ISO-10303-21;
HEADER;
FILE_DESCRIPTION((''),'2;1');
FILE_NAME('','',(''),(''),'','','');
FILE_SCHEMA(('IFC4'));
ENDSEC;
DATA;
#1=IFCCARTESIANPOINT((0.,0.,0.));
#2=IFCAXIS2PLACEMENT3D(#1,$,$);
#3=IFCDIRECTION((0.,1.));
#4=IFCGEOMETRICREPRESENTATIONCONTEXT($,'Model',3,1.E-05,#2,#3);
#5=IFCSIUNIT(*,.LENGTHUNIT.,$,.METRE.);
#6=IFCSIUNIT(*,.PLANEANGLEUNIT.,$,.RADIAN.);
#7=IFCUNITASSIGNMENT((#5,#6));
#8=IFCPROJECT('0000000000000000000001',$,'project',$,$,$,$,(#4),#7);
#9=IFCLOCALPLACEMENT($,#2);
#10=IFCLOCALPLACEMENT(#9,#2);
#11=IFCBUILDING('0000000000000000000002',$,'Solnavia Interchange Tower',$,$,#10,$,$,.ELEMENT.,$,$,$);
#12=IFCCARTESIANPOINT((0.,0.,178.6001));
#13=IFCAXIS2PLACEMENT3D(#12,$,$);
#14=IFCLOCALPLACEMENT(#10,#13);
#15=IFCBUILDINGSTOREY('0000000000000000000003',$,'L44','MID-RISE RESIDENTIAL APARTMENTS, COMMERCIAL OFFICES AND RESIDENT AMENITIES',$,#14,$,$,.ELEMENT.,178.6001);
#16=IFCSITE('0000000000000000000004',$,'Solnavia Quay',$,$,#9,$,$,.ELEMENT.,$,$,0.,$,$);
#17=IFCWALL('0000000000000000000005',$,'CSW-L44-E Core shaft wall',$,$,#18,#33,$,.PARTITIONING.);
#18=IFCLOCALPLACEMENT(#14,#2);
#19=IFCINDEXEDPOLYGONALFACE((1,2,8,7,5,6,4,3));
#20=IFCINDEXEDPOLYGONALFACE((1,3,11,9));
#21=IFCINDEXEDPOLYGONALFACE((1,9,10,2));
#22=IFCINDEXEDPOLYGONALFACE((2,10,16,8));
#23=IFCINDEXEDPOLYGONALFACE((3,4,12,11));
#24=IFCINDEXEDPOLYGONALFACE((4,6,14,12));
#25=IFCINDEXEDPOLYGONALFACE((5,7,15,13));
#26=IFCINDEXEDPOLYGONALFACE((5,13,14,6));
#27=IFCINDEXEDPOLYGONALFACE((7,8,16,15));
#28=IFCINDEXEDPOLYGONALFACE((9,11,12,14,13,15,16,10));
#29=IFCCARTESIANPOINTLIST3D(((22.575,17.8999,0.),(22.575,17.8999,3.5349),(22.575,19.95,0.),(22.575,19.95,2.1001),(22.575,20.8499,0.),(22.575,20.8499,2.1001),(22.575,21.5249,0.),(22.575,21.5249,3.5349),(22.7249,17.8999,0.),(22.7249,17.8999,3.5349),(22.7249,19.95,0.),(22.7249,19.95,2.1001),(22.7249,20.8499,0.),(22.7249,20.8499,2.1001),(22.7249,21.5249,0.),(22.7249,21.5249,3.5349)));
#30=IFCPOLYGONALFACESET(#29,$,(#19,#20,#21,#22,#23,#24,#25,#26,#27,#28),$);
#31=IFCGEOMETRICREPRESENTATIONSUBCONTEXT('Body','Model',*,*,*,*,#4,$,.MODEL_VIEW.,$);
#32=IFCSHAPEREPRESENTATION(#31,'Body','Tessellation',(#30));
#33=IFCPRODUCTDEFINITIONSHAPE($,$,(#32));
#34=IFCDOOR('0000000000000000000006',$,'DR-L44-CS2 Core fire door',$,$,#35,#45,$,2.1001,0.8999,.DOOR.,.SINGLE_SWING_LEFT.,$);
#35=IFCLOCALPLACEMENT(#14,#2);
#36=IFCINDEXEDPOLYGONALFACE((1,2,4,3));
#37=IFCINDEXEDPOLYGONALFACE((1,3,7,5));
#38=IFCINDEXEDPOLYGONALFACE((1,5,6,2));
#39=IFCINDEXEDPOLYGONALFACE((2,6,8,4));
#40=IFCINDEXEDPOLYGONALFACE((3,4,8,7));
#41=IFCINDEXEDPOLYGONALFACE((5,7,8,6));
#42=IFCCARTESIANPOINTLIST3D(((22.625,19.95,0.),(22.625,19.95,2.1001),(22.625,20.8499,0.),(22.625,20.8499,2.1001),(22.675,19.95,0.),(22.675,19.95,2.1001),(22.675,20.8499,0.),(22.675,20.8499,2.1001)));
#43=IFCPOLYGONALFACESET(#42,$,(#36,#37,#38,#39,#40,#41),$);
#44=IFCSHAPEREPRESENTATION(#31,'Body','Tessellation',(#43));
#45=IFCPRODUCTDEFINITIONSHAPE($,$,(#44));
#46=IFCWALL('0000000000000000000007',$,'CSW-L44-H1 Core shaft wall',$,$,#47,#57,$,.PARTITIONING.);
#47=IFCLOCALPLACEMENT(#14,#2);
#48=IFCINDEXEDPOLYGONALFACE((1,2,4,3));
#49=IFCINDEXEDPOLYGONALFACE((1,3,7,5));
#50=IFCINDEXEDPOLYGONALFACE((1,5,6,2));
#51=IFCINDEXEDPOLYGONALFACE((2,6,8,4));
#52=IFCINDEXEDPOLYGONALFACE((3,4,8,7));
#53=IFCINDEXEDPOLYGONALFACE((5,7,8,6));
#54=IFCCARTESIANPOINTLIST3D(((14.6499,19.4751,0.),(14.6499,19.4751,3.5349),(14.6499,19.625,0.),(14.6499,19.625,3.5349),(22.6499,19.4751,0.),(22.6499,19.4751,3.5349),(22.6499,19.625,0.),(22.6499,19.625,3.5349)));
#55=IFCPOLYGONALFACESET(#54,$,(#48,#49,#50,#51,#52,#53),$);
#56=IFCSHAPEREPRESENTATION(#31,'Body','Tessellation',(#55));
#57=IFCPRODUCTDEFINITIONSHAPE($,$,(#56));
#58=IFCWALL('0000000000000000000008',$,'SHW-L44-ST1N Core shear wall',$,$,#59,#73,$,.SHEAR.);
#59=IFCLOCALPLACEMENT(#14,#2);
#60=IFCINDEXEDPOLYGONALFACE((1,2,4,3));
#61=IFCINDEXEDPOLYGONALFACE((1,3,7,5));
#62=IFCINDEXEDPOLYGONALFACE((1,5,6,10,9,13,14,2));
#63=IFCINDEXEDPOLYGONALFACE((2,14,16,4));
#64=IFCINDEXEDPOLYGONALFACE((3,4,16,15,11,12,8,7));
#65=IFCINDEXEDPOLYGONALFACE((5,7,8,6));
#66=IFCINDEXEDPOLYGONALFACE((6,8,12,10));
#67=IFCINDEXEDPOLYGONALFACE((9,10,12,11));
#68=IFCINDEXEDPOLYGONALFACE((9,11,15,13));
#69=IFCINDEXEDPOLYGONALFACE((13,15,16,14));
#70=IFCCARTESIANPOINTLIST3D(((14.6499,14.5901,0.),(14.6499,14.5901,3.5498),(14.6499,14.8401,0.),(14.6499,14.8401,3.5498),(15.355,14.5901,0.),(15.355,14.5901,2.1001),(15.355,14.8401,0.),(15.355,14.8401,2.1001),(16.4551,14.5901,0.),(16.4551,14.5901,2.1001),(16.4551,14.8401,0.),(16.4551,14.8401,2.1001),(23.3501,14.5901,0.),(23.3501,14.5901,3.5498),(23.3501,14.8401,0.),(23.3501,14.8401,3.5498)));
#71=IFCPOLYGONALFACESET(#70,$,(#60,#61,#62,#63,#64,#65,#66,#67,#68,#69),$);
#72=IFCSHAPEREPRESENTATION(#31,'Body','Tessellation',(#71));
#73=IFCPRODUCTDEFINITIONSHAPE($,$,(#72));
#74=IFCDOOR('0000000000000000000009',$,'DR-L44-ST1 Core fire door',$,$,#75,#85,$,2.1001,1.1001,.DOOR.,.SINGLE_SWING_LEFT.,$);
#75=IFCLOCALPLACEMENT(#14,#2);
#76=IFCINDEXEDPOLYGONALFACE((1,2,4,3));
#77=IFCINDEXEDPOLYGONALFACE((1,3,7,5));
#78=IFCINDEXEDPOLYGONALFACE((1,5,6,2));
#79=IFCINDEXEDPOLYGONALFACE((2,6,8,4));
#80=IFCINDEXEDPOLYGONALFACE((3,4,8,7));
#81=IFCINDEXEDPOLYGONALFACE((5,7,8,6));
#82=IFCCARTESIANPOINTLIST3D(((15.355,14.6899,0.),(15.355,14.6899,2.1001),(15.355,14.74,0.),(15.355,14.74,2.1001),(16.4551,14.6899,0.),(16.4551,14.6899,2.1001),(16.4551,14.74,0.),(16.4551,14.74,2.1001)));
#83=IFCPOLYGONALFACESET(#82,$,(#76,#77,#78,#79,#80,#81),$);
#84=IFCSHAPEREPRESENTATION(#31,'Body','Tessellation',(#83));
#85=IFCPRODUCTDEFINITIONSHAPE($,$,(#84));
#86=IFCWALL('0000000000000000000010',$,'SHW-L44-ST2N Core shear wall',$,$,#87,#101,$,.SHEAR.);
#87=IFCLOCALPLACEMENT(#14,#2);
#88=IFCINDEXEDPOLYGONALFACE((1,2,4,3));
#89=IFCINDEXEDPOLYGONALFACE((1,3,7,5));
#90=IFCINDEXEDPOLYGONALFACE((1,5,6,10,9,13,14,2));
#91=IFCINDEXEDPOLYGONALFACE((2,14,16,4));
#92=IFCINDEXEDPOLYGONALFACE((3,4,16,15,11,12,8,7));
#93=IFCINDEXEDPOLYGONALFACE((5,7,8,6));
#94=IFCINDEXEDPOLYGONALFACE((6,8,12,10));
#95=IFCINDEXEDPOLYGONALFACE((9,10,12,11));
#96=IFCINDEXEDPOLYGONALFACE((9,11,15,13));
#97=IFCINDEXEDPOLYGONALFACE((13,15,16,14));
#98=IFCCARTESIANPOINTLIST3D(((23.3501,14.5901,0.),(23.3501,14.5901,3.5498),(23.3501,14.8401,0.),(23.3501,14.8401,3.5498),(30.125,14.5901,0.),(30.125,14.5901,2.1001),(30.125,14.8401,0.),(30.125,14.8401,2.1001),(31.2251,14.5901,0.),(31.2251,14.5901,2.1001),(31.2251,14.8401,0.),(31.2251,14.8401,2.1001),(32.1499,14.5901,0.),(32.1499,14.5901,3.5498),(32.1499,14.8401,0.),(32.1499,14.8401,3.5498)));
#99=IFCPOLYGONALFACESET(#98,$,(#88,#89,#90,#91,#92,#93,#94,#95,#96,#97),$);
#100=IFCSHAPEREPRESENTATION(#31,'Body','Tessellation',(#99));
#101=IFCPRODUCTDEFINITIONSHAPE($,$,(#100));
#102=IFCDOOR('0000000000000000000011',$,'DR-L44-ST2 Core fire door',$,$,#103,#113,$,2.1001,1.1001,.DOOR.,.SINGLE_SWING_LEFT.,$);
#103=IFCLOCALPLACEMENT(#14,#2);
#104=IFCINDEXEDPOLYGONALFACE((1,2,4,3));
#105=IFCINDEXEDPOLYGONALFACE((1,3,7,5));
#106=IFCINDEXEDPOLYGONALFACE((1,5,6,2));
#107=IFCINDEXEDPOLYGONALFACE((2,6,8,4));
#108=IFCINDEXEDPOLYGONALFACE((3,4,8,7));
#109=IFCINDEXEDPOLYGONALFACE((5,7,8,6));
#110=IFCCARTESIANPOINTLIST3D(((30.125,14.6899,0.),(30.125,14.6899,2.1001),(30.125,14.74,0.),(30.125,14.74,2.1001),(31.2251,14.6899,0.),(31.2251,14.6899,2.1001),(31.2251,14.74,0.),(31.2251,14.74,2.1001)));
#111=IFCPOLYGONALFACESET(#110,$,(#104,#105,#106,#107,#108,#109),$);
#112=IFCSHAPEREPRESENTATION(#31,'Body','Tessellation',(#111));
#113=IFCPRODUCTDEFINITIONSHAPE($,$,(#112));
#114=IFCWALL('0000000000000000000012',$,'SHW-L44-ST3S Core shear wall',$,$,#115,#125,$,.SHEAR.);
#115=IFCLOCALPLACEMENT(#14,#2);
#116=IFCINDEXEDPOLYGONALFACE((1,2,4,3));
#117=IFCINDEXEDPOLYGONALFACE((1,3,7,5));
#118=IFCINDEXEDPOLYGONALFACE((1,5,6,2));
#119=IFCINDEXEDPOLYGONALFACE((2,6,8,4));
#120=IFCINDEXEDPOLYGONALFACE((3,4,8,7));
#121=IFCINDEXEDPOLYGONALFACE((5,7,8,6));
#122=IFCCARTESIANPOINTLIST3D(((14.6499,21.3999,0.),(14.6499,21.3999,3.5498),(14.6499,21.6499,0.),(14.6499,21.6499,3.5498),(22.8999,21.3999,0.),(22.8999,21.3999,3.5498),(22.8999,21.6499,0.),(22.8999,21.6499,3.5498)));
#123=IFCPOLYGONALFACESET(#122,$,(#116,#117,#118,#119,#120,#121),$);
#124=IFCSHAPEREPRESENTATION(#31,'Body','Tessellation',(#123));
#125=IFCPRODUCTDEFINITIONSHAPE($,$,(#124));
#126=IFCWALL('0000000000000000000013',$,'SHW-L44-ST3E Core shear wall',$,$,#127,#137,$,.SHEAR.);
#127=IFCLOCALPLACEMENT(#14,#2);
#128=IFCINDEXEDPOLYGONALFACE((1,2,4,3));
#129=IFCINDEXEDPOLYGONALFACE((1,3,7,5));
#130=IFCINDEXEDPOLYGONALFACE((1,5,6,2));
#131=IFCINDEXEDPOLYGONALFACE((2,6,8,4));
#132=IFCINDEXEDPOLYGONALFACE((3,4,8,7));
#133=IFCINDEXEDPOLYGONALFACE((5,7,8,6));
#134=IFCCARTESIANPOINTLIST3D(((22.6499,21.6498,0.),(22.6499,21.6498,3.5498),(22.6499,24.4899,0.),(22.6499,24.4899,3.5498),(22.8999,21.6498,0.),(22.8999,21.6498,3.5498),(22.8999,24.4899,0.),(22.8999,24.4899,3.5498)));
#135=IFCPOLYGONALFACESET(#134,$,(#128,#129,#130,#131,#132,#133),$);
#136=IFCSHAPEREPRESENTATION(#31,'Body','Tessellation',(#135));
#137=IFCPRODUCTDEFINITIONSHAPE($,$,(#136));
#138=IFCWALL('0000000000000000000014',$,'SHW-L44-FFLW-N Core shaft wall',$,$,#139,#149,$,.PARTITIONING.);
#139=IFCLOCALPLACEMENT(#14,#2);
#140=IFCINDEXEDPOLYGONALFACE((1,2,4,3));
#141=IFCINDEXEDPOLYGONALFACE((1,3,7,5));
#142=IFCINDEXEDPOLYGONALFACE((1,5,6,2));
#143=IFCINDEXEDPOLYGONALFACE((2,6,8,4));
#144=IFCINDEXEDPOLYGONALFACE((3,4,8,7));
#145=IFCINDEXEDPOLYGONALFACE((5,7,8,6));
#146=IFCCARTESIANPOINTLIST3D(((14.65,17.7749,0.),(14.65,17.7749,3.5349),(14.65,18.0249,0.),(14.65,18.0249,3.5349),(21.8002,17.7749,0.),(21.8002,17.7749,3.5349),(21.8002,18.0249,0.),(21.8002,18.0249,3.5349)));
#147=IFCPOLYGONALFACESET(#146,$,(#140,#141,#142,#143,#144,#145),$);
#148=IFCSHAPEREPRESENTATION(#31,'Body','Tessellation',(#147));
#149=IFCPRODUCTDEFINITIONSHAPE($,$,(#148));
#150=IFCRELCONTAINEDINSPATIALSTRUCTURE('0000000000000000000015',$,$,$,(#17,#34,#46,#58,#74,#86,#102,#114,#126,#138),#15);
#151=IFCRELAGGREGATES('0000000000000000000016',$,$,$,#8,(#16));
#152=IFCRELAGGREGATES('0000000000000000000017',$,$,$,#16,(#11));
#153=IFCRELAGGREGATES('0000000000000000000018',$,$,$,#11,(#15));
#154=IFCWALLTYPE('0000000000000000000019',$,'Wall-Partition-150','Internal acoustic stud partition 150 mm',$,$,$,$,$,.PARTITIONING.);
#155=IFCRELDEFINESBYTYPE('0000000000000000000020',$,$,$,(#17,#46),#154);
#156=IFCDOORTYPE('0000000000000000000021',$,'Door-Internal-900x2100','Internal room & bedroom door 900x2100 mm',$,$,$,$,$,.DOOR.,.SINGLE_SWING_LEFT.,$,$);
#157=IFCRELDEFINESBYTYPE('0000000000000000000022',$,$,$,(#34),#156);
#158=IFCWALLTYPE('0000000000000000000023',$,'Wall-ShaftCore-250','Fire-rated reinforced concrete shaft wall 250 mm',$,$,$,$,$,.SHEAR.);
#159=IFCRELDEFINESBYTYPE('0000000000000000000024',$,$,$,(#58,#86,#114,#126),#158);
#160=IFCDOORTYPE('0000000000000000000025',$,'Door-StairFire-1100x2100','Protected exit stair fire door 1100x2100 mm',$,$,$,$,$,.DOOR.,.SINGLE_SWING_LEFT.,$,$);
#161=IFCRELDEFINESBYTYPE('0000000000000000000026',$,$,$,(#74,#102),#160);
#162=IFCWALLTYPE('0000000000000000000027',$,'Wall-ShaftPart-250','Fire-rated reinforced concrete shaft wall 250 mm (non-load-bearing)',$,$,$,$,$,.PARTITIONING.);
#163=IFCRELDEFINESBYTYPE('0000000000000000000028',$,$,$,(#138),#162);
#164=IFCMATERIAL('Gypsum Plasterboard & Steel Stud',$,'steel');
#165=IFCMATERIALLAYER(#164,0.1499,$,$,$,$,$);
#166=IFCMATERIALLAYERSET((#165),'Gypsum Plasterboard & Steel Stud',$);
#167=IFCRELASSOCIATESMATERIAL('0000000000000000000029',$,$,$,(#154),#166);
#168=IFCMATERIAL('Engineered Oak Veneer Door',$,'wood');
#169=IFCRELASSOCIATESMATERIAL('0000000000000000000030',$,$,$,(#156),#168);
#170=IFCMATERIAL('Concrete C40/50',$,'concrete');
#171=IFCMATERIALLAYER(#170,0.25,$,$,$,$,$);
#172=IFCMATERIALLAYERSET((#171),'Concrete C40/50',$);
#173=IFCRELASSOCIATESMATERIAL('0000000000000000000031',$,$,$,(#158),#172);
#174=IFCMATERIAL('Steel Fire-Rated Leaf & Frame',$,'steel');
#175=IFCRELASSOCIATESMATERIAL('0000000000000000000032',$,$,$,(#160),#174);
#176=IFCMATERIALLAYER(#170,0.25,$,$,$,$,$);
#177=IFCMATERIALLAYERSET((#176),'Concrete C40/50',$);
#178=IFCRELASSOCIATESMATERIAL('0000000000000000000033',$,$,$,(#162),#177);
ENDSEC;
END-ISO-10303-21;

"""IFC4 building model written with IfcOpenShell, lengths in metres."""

from ifc_helpers import new_model, si_unit, direction, frame, frame_2d, origin, place, context, subcontext, project, spatial, rectangle, extrude, material, layer, layer_set, type_object, element, fill, save


model = new_model("IFC4")

# Units and contexts
model_context = context("Model", 3, precision=1e-05, world=origin(), true_north=direction((0.0, 1.0)))
body_context = subcontext(model_context, "Body", "Model", "MODEL_VIEW")
ifc_project = project(units=[si_unit("LENGTHUNIT", "METRE"), si_unit("PLANEANGLEUNIT", "RADIAN")], contexts=[model_context])

# Site, building, storey
site_placement = place(None, origin())
site = spatial("IfcSite", under=ifc_project, at=site_placement, Name="Solnavia Quay", CompositionType="ELEMENT", RefElevation=0.0)
building_placement = place(site_placement, origin())
building = spatial("IfcBuilding", under=site, at=building_placement, Name="Solnavia Interchange Tower", CompositionType="ELEMENT")
storey_placement = place(building_placement, frame((0.0, 0.0, 178.6001)))
storey = spatial("IfcBuildingStorey", under=building, at=storey_placement, Name="L44", Description="MID-RISE RESIDENTIAL APARTMENTS, COMMERCIAL OFFICES AND RESIDENT AMENITIES", CompositionType="ELEMENT", Elevation=178.6001)

# Wall, opening, door
ifc_material_1 = material(Name="Gypsum Plasterboard & Steel Stud", Category="steel")
ifc_layer_1 = layer(ifc_material_1, 0.1499)
ifc_layer_set_1 = layer_set([ifc_layer_1], Name="Gypsum Plasterboard & Steel Stud")
wall_type_1 = type_object("IfcWallType", Name="Wall-Partition-150", Description="Internal acoustic stud partition 150 mm", PredefinedType="PARTITIONING", material=ifc_layer_set_1)
wall_1_placement = place(storey_placement, frame((22.6499, 17.8999, 0.0), z_axis=(0.0, 0.0, 1.0), x_axis=(0.0, 1.0, 0.0)))
wall_1 = element("IfcWall", 1, at=wall_1_placement, inside=storey, type_object=wall_type_1, Name="CSW-L44-E Core shaft wall", PredefinedType="PARTITIONING", context=body_context, shape_type="SweptSolid", body=[
    extrude(rectangle(XDim=3.625, YDim=0.1499, at=frame_2d((1.8125, 0.0))), origin(), (0.0, 0.0, 1.0), 3.5349),
])
opening_1_placement = place(wall_1_placement, frame((2.05, 0.0, 0.0)))
opening_1 = element("IfcOpeningElement", 2, at=opening_1_placement, cuts=wall_1, PredefinedType="OPENING", context=body_context, shape_type="SweptSolid", body=[
    extrude(rectangle(XDim=0.8999, YDim=2.1001, at=frame_2d((0.45, 1.05))), frame((0.0, 0.085, 0.0), z_axis=(0.0, -1.0, 0.0), x_axis=(1.0, 0.0, 0.0)), (0.0, 0.0, 1.0), 0.1699),
])
ifc_material_2 = material(Name="Engineered Oak Veneer Door", Category="wood")
door_type_1 = type_object("IfcDoorType", Name="Door-Internal-900x2100", Description="Internal room & bedroom door 900x2100 mm", OperationType="SINGLE_SWING_LEFT", PredefinedType="DOOR", material=ifc_material_2)
door_1_placement = place(opening_1_placement, origin())
door_1 = element("IfcDoor", 3, at=door_1_placement, inside=storey, type_object=door_type_1, Name="DR-L44-CS2 Core fire door", OperationType="SINGLE_SWING_LEFT", OverallHeight=2.1001, OverallWidth=0.8999, PredefinedType="DOOR", context=body_context, shape_type="SweptSolid", body=[
    extrude(rectangle(XDim=0.8999, YDim=2.1001, at=frame_2d((0.45, 1.05))), frame((0.0, 0.0249, 0.0), z_axis=(0.0, -1.0, 0.0), x_axis=(1.0, 0.0, 0.0)), (0.0, 0.0, 1.0), 0.05),
])
fill(opening_1, door_1)

# Wall
wall_2_placement = place(storey_placement, frame((14.6499, 19.55, 0.0), z_axis=(0.0, 0.0, 1.0), x_axis=(1.0, 0.0, 0.0)))
element("IfcWall", 4, at=wall_2_placement, inside=storey, type_object=wall_type_1, Name="CSW-L44-H1 Core shaft wall", PredefinedType="PARTITIONING", context=body_context, shape_type="SweptSolid", body=[
    extrude(rectangle(XDim=8.0, YDim=0.1499, at=frame_2d((4.0, 0.0))), origin(), (0.0, 0.0, 1.0), 3.5349),
])

# Walls, openings, doors
ifc_material_3 = material(Name="Concrete C40/50", Category="concrete")
ifc_layer_2 = layer(ifc_material_3, 0.25)
ifc_layer_set_2 = layer_set([ifc_layer_2], Name="Concrete C40/50")
wall_type_2 = type_object("IfcWallType", Name="Wall-ShaftCore-250", Description="Fire-rated reinforced concrete shaft wall 250 mm", PredefinedType="SHEAR", material=ifc_layer_set_2)
wall_3_placement = place(storey_placement, frame((14.6499, 14.7151, 0.0), z_axis=(0.0, 0.0, 1.0), x_axis=(1.0, 0.0, 0.0)))
wall_3 = element("IfcWall", 5, at=wall_3_placement, inside=storey, type_object=wall_type_2, Name="SHW-L44-ST1N Core shear wall", PredefinedType="SHEAR", context=body_context, shape_type="SweptSolid", body=[
    extrude(rectangle(XDim=8.7002, YDim=0.25, at=frame_2d((4.3501, 0.0))), origin(), (0.0, 0.0, 1.0), 3.5498),
])
opening_2_placement = place(wall_3_placement, frame((0.7051, 0.0, 0.0)))
opening_2 = element("IfcOpeningElement", 6, at=opening_2_placement, cuts=wall_3, PredefinedType="OPENING", context=body_context, shape_type="SweptSolid", body=[
    extrude(rectangle(XDim=1.1001, YDim=2.1001, at=frame_2d((0.55, 1.05))), frame((0.0, 0.135, 0.0), z_axis=(0.0, -1.0, 0.0), x_axis=(1.0, 0.0, 0.0)), (0.0, 0.0, 1.0), 0.27),
])
ifc_material_4 = material(Name="Steel Fire-Rated Leaf & Frame", Category="steel")
door_type_2 = type_object("IfcDoorType", Name="Door-StairFire-1100x2100", Description="Protected exit stair fire door 1100x2100 mm", OperationType="SINGLE_SWING_LEFT", PredefinedType="DOOR", material=ifc_material_4)
door_2_placement = place(opening_2_placement, origin())
door_2 = element("IfcDoor", 7, at=door_2_placement, inside=storey, type_object=door_type_2, Name="DR-L44-ST1 Core fire door", OperationType="SINGLE_SWING_LEFT", OverallHeight=2.1001, OverallWidth=1.1001, PredefinedType="DOOR", context=body_context, shape_type="SweptSolid", body=[
    extrude(rectangle(XDim=1.1001, YDim=2.1001, at=frame_2d((0.55, 1.05))), frame((0.0, 0.0249, 0.0), z_axis=(0.0, -1.0, 0.0), x_axis=(1.0, 0.0, 0.0)), (0.0, 0.0, 1.0), 0.05),
])
fill(opening_2, door_2)
wall_4_placement = place(storey_placement, frame((23.3501, 14.7151, 0.0), z_axis=(0.0, 0.0, 1.0), x_axis=(1.0, 0.0, 0.0)))
wall_4 = element("IfcWall", 8, at=wall_4_placement, inside=storey, type_object=wall_type_2, Name="SHW-L44-ST2N Core shear wall", PredefinedType="SHEAR", context=body_context, shape_type="SweptSolid", body=[
    extrude(rectangle(XDim=8.7998, YDim=0.25, at=frame_2d((4.3999, 0.0))), origin(), (0.0, 0.0, 1.0), 3.5498),
])
opening_3_placement = place(wall_4_placement, frame((6.7749, 0.0, 0.0)))
opening_3 = element("IfcOpeningElement", 9, at=opening_3_placement, cuts=wall_4, PredefinedType="OPENING", context=body_context, shape_type="SweptSolid", body=[
    extrude(rectangle(XDim=1.1001, YDim=2.1001, at=frame_2d((0.55, 1.05))), frame((0.0, 0.135, 0.0), z_axis=(0.0, -1.0, 0.0), x_axis=(1.0, 0.0, 0.0)), (0.0, 0.0, 1.0), 0.27),
])
door_3_placement = place(opening_3_placement, origin())
door_3 = element("IfcDoor", 10, at=door_3_placement, inside=storey, type_object=door_type_2, Name="DR-L44-ST2 Core fire door", OperationType="SINGLE_SWING_LEFT", OverallHeight=2.1001, OverallWidth=1.1001, PredefinedType="DOOR", context=body_context, shape_type="SweptSolid", body=[
    extrude(rectangle(XDim=1.1001, YDim=2.1001, at=frame_2d((0.55, 1.05))), frame((0.0, 0.0249, 0.0), z_axis=(0.0, -1.0, 0.0), x_axis=(1.0, 0.0, 0.0)), (0.0, 0.0, 1.0), 0.05),
])
fill(opening_3, door_3)

# Walls
wall_5_placement = place(storey_placement, frame((14.6499, 21.5249, 0.0), z_axis=(0.0, 0.0, 1.0), x_axis=(1.0, 0.0, 0.0)))
element("IfcWall", 11, at=wall_5_placement, inside=storey, type_object=wall_type_2, Name="SHW-L44-ST3S Core shear wall", PredefinedType="SHEAR", context=body_context, shape_type="SweptSolid", body=[
    extrude(rectangle(XDim=8.25, YDim=0.25, at=frame_2d((4.125, 0.0))), origin(), (0.0, 0.0, 1.0), 3.5498),
])
wall_6_placement = place(storey_placement, frame((22.7749, 21.6499, 0.0), z_axis=(0.0, 0.0, 1.0), x_axis=(0.0, 1.0, 0.0)))
element("IfcWall", 12, at=wall_6_placement, inside=storey, type_object=wall_type_2, Name="SHW-L44-ST3E Core shear wall", PredefinedType="SHEAR", context=body_context, shape_type="SweptSolid", body=[
    extrude(rectangle(XDim=2.8401, YDim=0.25, at=frame_2d((1.4199, 0.0))), origin(), (0.0, 0.0, 1.0), 3.5498),
])
ifc_layer_3 = layer(ifc_material_3, 0.25)
ifc_layer_set_3 = layer_set([ifc_layer_3], Name="Concrete C40/50")
wall_type_3 = type_object("IfcWallType", Name="Wall-ShaftPart-250", Description="Fire-rated reinforced concrete shaft wall 250 mm (non-load-bearing)", PredefinedType="PARTITIONING", material=ifc_layer_set_3)
wall_7_placement = place(storey_placement, frame((14.6499, 17.8999, 0.0), z_axis=(0.0, 0.0, 1.0), x_axis=(1.0, 0.0, 0.0)))
element("IfcWall", 13, at=wall_7_placement, inside=storey, type_object=wall_type_3, Name="SHW-L44-FFLW-N Core shaft wall", PredefinedType="PARTITIONING", context=body_context, shape_type="SweptSolid", body=[
    extrude(rectangle(XDim=7.1501, YDim=0.25, at=frame_2d((3.5752, 0.0))), origin(), (0.0, 0.0, 1.0), 3.5349),
])

save(model, "model.ifc")
